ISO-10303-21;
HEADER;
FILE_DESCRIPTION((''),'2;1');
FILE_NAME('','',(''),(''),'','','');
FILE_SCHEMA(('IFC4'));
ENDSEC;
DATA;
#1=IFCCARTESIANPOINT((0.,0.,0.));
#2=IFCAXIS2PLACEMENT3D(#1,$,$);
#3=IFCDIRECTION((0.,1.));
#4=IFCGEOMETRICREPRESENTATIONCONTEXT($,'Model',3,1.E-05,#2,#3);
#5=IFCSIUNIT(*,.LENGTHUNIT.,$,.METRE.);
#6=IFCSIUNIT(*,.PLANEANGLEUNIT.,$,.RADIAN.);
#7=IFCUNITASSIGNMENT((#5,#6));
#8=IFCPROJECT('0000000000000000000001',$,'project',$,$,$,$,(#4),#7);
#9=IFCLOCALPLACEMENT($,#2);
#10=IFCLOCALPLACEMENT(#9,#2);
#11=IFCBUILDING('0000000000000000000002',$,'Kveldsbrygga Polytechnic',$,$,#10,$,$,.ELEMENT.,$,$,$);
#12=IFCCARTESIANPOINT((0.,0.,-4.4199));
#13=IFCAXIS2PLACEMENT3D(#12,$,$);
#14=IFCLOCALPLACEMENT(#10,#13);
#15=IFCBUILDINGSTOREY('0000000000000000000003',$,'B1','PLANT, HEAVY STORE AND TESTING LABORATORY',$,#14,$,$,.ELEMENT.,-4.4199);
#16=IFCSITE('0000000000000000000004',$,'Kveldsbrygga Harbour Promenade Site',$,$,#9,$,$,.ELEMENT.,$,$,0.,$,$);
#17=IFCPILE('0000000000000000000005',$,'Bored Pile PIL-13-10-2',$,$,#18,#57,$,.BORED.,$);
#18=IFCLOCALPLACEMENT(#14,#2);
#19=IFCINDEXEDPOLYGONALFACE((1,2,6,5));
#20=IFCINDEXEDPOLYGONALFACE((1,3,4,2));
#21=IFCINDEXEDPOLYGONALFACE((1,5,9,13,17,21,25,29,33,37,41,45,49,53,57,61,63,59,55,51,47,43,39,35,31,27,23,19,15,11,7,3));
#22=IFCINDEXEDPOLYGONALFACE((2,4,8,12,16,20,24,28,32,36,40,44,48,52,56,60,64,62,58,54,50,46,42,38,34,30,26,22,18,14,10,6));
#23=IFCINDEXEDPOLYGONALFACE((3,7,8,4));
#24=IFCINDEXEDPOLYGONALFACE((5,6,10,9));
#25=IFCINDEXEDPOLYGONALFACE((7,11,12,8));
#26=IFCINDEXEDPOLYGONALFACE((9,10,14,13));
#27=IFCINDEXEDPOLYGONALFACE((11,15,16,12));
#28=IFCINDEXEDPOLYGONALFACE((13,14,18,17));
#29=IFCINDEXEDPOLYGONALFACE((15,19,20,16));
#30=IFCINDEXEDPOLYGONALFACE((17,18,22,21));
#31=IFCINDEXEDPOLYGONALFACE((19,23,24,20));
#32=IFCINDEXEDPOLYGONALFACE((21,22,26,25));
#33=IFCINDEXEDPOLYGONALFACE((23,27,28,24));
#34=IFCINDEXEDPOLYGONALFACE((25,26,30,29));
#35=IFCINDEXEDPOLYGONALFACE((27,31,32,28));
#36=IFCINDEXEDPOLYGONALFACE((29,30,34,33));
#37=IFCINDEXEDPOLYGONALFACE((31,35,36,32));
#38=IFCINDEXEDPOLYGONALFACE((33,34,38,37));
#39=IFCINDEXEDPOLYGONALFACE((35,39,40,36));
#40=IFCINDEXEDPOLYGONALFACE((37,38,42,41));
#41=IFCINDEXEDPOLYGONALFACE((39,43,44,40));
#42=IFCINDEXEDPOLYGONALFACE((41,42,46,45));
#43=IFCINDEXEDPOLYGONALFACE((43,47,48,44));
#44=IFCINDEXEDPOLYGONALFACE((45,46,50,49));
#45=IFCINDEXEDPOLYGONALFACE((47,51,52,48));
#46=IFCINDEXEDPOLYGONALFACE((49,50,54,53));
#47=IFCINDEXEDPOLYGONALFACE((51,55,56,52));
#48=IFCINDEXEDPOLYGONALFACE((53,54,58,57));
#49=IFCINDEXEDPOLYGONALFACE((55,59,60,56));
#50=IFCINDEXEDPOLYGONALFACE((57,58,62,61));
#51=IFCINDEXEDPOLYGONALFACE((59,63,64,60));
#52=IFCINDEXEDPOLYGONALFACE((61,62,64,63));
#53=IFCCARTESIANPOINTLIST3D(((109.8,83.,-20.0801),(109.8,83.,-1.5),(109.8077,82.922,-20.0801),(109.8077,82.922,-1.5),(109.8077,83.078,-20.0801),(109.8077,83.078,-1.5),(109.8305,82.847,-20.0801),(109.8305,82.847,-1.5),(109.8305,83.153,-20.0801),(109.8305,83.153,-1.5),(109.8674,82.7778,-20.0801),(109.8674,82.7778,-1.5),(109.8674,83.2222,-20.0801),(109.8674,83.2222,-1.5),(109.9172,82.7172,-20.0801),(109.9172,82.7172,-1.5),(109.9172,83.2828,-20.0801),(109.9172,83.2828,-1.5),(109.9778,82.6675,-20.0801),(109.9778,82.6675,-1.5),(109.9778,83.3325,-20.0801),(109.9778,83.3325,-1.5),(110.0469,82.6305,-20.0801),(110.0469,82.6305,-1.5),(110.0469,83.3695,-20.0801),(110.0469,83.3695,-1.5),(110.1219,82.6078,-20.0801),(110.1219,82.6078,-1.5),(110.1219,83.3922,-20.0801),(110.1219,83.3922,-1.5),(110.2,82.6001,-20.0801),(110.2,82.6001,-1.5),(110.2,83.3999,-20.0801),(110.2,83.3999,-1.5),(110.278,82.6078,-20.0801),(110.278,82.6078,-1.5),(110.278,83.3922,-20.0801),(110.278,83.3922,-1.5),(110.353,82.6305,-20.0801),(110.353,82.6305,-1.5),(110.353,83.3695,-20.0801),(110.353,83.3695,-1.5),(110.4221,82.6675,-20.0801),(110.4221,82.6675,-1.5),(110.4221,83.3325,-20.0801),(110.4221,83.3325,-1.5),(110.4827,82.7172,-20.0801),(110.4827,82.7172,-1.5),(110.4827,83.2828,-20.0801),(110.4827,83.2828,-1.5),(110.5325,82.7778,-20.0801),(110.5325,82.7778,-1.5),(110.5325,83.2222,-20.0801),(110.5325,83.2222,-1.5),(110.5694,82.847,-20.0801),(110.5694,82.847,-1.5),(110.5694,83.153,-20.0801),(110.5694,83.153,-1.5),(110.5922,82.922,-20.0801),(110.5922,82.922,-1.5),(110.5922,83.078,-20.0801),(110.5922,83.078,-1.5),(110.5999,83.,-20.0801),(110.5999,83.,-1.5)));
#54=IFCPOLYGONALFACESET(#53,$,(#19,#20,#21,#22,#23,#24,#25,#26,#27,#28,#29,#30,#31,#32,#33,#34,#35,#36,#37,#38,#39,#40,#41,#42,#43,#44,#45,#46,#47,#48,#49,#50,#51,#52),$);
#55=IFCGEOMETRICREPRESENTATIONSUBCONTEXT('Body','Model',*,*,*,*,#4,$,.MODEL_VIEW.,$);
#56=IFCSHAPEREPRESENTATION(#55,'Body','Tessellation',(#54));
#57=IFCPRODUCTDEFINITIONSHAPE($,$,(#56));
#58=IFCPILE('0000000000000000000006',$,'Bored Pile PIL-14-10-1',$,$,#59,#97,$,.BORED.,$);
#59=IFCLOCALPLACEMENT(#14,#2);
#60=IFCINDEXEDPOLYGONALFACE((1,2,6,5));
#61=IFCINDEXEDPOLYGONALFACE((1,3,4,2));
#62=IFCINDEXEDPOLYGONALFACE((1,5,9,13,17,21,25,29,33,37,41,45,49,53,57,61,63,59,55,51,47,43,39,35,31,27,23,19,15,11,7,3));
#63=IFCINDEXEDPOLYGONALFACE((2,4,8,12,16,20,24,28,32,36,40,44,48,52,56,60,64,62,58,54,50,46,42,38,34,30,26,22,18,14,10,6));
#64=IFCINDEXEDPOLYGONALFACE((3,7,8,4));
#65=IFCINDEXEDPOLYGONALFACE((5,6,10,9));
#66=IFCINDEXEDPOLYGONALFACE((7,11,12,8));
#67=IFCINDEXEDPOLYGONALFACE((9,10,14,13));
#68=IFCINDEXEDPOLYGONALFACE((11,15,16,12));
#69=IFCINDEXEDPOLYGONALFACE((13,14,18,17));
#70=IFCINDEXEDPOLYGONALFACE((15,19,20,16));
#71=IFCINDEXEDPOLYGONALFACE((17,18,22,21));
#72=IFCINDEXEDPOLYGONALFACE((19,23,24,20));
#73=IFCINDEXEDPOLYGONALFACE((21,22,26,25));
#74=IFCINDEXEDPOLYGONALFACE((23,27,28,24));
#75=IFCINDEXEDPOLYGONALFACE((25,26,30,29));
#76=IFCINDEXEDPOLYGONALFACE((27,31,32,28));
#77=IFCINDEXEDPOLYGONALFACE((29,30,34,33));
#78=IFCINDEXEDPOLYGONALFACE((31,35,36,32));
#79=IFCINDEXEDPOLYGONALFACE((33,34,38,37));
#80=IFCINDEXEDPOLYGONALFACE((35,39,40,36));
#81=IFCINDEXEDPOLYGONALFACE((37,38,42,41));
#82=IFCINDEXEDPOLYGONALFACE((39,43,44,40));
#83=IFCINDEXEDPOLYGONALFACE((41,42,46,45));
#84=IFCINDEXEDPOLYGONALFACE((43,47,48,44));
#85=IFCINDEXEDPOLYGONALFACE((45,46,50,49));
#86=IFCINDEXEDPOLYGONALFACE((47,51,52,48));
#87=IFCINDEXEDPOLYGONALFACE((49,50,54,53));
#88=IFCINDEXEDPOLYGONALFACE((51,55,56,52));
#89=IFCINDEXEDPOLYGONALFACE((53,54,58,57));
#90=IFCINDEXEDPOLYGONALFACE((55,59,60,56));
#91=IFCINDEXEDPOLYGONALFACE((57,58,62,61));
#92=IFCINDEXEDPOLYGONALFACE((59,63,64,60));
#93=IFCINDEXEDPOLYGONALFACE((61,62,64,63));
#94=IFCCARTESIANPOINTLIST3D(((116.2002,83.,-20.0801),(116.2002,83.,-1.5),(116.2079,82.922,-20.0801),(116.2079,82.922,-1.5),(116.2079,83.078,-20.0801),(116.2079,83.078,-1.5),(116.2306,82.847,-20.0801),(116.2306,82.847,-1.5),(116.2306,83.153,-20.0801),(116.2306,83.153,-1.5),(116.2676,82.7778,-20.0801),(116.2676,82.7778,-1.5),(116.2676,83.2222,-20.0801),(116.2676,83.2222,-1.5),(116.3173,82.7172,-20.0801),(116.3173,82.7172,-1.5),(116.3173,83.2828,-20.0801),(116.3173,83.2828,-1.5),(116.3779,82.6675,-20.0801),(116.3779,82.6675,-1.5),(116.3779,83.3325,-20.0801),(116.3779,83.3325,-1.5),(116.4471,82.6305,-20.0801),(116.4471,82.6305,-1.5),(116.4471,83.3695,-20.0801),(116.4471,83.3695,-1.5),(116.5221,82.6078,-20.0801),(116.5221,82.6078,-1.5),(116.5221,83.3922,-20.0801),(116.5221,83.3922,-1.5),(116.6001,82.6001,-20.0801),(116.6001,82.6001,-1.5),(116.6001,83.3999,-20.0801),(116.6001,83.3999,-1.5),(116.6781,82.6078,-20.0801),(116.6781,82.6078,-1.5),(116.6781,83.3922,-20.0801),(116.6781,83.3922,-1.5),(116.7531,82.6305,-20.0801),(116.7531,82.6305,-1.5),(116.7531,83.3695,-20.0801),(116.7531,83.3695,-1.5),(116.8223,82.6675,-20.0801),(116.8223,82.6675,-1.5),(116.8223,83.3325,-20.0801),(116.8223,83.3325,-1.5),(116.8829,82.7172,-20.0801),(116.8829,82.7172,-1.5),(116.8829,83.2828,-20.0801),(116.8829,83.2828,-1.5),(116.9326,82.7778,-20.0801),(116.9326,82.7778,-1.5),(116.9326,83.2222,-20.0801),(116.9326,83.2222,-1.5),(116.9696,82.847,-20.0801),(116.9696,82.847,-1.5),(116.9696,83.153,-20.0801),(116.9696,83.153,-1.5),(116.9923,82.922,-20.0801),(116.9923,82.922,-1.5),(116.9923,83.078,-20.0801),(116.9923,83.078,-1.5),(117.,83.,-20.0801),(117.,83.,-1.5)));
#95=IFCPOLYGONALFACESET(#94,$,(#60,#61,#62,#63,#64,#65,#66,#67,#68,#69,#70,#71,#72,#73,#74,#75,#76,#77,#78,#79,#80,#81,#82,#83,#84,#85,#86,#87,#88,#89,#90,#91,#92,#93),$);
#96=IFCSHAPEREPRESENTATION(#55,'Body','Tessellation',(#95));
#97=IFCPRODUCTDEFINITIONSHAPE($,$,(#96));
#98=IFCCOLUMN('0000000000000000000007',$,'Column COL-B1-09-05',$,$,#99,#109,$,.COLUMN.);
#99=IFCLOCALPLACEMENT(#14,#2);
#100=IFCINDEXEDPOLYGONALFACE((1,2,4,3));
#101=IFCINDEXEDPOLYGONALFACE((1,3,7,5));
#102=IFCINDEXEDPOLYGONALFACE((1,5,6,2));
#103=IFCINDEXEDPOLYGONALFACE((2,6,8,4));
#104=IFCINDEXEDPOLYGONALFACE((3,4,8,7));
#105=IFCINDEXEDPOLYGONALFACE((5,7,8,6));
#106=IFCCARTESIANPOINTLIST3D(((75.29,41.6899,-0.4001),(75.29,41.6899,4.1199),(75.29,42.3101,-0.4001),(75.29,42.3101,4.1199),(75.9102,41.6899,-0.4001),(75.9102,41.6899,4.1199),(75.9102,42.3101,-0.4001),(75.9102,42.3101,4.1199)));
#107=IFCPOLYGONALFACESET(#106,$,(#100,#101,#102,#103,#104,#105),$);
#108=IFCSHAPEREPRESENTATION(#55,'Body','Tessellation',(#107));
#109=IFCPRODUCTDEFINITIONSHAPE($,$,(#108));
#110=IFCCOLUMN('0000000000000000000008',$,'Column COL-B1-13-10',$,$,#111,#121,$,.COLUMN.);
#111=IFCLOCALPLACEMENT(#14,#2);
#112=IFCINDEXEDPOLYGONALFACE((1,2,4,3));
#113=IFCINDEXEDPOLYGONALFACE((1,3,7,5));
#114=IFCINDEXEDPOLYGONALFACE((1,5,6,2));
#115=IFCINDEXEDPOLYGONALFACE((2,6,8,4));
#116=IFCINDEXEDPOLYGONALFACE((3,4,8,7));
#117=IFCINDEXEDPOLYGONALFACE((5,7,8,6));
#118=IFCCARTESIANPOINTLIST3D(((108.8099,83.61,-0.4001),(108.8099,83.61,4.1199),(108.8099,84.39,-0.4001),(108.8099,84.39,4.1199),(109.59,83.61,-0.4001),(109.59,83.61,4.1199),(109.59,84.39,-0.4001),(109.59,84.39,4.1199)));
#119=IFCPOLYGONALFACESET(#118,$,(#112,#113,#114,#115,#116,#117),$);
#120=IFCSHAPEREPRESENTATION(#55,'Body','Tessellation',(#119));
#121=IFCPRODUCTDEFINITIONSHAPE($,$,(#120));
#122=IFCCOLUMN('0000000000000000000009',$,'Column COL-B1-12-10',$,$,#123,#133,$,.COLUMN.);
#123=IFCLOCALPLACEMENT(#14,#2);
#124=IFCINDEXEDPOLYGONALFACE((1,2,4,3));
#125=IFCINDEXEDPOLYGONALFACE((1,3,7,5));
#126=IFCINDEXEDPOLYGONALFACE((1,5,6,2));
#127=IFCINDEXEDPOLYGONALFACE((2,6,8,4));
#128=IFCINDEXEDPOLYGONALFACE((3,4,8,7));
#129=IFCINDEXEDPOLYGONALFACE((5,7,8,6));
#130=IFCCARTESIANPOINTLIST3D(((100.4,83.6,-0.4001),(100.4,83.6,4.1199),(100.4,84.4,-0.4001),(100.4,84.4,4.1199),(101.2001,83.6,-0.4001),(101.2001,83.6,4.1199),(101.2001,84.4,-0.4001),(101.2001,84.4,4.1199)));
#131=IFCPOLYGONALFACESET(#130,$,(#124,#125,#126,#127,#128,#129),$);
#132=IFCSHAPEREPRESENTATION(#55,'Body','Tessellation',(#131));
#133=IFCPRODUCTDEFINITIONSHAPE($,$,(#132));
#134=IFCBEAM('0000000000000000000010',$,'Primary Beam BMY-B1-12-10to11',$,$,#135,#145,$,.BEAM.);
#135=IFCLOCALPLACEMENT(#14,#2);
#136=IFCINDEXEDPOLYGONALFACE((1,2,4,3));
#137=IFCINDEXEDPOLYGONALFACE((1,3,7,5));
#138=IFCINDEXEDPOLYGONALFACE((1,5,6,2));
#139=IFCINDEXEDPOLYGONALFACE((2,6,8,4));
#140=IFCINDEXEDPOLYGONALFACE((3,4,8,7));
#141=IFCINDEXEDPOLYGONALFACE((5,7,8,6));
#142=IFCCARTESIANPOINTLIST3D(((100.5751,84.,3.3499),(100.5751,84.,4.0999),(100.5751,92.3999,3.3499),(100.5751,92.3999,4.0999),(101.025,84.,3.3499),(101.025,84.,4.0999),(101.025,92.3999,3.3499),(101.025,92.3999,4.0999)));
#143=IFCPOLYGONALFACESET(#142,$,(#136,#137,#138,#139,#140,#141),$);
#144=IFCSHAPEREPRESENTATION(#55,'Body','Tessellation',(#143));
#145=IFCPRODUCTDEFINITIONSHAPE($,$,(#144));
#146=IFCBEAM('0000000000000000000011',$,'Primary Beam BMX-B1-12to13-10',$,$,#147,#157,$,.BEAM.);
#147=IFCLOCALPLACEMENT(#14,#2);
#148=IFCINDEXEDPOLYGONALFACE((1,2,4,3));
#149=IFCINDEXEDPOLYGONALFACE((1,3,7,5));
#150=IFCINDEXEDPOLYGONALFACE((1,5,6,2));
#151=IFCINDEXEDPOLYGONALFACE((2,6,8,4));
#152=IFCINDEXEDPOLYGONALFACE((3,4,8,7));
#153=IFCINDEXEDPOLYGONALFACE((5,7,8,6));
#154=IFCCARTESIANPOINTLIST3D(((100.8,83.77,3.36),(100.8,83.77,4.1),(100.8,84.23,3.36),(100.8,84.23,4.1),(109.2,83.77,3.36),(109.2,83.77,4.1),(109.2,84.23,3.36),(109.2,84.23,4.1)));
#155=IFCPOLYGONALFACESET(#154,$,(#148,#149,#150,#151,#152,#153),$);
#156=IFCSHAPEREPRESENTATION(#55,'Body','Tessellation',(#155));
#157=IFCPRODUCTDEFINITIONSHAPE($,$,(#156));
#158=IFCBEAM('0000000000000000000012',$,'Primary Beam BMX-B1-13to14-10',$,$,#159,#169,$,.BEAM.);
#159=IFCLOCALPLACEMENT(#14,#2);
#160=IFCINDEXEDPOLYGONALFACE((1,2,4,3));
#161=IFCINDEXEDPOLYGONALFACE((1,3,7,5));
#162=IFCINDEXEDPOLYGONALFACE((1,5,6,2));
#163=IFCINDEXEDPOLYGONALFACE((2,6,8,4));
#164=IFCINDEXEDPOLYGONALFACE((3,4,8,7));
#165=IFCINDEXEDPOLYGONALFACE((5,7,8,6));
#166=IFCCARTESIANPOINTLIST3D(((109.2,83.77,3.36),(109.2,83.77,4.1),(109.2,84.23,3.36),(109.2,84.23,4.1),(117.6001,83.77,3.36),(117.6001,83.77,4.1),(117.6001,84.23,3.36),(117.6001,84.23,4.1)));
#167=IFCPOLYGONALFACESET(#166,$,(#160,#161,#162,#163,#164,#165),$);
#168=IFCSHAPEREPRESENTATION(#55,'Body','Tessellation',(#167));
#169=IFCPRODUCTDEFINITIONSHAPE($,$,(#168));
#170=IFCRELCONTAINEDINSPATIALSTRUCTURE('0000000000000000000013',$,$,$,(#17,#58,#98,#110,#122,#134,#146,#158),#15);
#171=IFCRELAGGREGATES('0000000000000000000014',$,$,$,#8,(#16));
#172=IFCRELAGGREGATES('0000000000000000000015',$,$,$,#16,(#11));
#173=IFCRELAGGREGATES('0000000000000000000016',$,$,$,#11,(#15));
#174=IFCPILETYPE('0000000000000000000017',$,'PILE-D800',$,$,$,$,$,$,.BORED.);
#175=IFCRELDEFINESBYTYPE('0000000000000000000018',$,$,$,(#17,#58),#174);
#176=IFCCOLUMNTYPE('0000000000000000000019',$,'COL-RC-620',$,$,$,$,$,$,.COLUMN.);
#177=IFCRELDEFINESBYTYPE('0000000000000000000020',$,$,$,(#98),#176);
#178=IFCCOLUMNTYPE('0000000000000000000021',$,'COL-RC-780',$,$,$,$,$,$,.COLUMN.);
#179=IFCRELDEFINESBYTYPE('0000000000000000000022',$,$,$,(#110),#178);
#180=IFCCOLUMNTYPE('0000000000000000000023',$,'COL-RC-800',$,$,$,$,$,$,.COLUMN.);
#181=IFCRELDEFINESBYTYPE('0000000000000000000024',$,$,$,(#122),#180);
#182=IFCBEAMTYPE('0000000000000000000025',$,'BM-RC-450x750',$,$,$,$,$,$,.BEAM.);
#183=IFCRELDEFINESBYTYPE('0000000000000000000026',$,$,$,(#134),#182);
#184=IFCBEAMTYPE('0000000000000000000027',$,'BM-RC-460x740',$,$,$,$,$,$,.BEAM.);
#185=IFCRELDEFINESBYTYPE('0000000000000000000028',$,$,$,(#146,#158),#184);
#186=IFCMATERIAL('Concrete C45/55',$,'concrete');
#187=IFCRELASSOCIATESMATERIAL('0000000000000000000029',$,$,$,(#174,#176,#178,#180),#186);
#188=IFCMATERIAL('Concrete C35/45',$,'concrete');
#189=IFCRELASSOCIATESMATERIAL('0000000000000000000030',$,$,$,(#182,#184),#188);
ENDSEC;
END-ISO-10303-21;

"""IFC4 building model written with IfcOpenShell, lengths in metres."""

from ifc_helpers import new_model, si_unit, direction, frame, origin, origin_2d, place, context, subcontext, project, spatial, rectangle, circle, extrude, material, material_profile, profile_set, type_object, element, save


model = new_model("IFC4")

# Units and contexts
model_context = context("Model", 3, precision=1e-05, world=origin(), true_north=direction((0.0, 1.0)))
body_context = subcontext(model_context, "Body", "Model", "MODEL_VIEW")
ifc_project = project(units=[si_unit("LENGTHUNIT", "METRE"), si_unit("PLANEANGLEUNIT", "RADIAN")], contexts=[model_context])

# Site, building, storey
site_placement = place(None, origin())
site = spatial("IfcSite", under=ifc_project, at=site_placement, Name="Kveldsbrygga Harbour Promenade Site", CompositionType="ELEMENT", RefElevation=0.0)
building_placement = place(site_placement, origin())
building = spatial("IfcBuilding", under=site, at=building_placement, Name="Kveldsbrygga Polytechnic", CompositionType="ELEMENT")
storey_placement = place(building_placement, frame((0.0, 0.0, -4.4199)))
storey = spatial("IfcBuildingStorey", under=building, at=storey_placement, Name="B1", Description="PLANT, HEAVY STORE AND TESTING LABORATORY", CompositionType="ELEMENT", Elevation=-4.4199)

# Shared definitions
ifc_material_1 = material(Name="Concrete C45/55", Category="concrete")

# Piles
ifc_material_profile_1 = material_profile(ifc_material_1, circle(Radius=0.3999, at=origin_2d()), Name="PILE D800")
ifc_profile_set_1 = profile_set([ifc_material_profile_1], Name="Concrete C45/55")
pile_type_1 = type_object("IfcPileType", Name="PILE-D800", PredefinedType="BORED", material=ifc_profile_set_1)
for number, where, z_axis, x_axis, name in (
    (1, (110.2, 83.0, -1.5), (0.0, 0.0, -1.0), (1.0, 0.0, 0.0), "Bored Pile PIL-13-10-2"),
    (2, (116.6001, 83.0, -1.5), (0.0, 0.0, -1.0), (1.0, 0.0, 0.0), "Bored Pile PIL-14-10-1"),
):
    element("IfcPile", number, at=place(storey_placement, frame(where, z_axis=z_axis, x_axis=x_axis)), inside=storey, type_object=pile_type_1, Name=name, PredefinedType="BORED", context=body_context, shape_type="SweptSolid", body=[
        extrude(circle(Radius=0.3999, at=origin_2d()), origin(), (0.0, 0.0, 1.0), 18.5801),
    ])

# Columns
ifc_material_profile_2 = material_profile(ifc_material_1, rectangle(XDim=0.6201, YDim=0.6201, at=origin_2d()), Name="RC 620x620")
ifc_profile_set_2 = profile_set([ifc_material_profile_2], Name="Concrete C45/55")
column_type_1 = type_object("IfcColumnType", Name="COL-RC-620", PredefinedType="COLUMN", material=ifc_profile_set_2)
column_1_placement = place(storey_placement, frame((75.6001, 42.0, -0.4001), z_axis=(0.0, 0.0, 1.0), x_axis=(1.0, 0.0, 0.0)))
element("IfcColumn", 3, at=column_1_placement, inside=storey, type_object=column_type_1, Name="Column COL-B1-09-05", PredefinedType="COLUMN", context=body_context, shape_type="SweptSolid", body=[
    extrude(rectangle(XDim=0.6201, YDim=0.6201, at=origin_2d()), origin(), (0.0, 0.0, 1.0), 4.52),
])
ifc_material_profile_3 = material_profile(ifc_material_1, rectangle(XDim=0.78, YDim=0.78, at=origin_2d()), Name="RC 780x780")
ifc_profile_set_3 = profile_set([ifc_material_profile_3], Name="Concrete C45/55")
column_type_2 = type_object("IfcColumnType", Name="COL-RC-780", PredefinedType="COLUMN", material=ifc_profile_set_3)
column_2_placement = place(storey_placement, frame((109.2, 84.0, -0.4001), z_axis=(0.0, 0.0, 1.0), x_axis=(1.0, 0.0, 0.0)))
element("IfcColumn", 4, at=column_2_placement, inside=storey, type_object=column_type_2, Name="Column COL-B1-13-10", PredefinedType="COLUMN", context=body_context, shape_type="SweptSolid", body=[
    extrude(rectangle(XDim=0.78, YDim=0.78, at=origin_2d()), origin(), (0.0, 0.0, 1.0), 4.52),
])
ifc_material_profile_4 = material_profile(ifc_material_1, rectangle(XDim=0.8, YDim=0.8, at=origin_2d()), Name="RC 800x800")
ifc_profile_set_4 = profile_set([ifc_material_profile_4], Name="Concrete C45/55")
column_type_3 = type_object("IfcColumnType", Name="COL-RC-800", PredefinedType="COLUMN", material=ifc_profile_set_4)
column_3_placement = place(storey_placement, frame((100.8, 84.0, -0.4001), z_axis=(0.0, 0.0, 1.0), x_axis=(1.0, 0.0, 0.0)))
element("IfcColumn", 5, at=column_3_placement, inside=storey, type_object=column_type_3, Name="Column COL-B1-12-10", PredefinedType="COLUMN", context=body_context, shape_type="SweptSolid", body=[
    extrude(rectangle(XDim=0.8, YDim=0.8, at=origin_2d()), origin(), (0.0, 0.0, 1.0), 4.52),
])

# Beams
ifc_material_2 = material(Name="Concrete C35/45", Category="concrete")
ifc_material_profile_5 = material_profile(ifc_material_2, rectangle(XDim=0.45, YDim=0.75, at=origin_2d()), Name="RC 450x750")
ifc_profile_set_5 = profile_set([ifc_material_profile_5], Name="Concrete C35/45")
beam_type_1 = type_object("IfcBeamType", Name="BM-RC-450x750", PredefinedType="BEAM", material=ifc_profile_set_5)
beam_1_placement = place(storey_placement, frame((100.8, 84.0, 3.7249), z_axis=(0.0, 1.0, 0.0), x_axis=(-1.0, 0.0, 0.0)))
element("IfcBeam", 6, at=beam_1_placement, inside=storey, type_object=beam_type_1, Name="Primary Beam BMY-B1-12-10to11", PredefinedType="BEAM", context=body_context, shape_type="SweptSolid", body=[
    extrude(rectangle(XDim=0.45, YDim=0.75, at=origin_2d()), origin(), (0.0, 0.0, 1.0), 8.3999),
])
ifc_material_profile_6 = material_profile(ifc_material_2, rectangle(XDim=0.46, YDim=0.74, at=origin_2d()), Name="RC 460x740")
ifc_profile_set_6 = profile_set([ifc_material_profile_6], Name="Concrete C35/45")
beam_type_2 = type_object("IfcBeamType", Name="BM-RC-460x740", PredefinedType="BEAM", material=ifc_profile_set_6)
beam_2_placement = place(storey_placement, frame((100.8, 84.0, 3.73), z_axis=(1.0, 0.0, 0.0), x_axis=(0.0, 1.0, 0.0)))
element("IfcBeam", 7, at=beam_2_placement, inside=storey, type_object=beam_type_2, Name="Primary Beam BMX-B1-12to13-10", PredefinedType="BEAM", context=body_context, shape_type="SweptSolid", body=[
    extrude(rectangle(XDim=0.46, YDim=0.74, at=origin_2d()), origin(), (0.0, 0.0, 1.0), 8.3999),
])
beam_3_placement = place(storey_placement, frame((109.2, 84.0, 3.73), z_axis=(1.0, 0.0, 0.0), x_axis=(0.0, 1.0, 0.0)))
element("IfcBeam", 8, at=beam_3_placement, inside=storey, type_object=beam_type_2, Name="Primary Beam BMX-B1-13to14-10", PredefinedType="BEAM", context=body_context, shape_type="SweptSolid", body=[
    extrude(rectangle(XDim=0.46, YDim=0.74, at=origin_2d()), origin(), (0.0, 0.0, 1.0), 8.4001),
])

save(model, "model.ifc")
